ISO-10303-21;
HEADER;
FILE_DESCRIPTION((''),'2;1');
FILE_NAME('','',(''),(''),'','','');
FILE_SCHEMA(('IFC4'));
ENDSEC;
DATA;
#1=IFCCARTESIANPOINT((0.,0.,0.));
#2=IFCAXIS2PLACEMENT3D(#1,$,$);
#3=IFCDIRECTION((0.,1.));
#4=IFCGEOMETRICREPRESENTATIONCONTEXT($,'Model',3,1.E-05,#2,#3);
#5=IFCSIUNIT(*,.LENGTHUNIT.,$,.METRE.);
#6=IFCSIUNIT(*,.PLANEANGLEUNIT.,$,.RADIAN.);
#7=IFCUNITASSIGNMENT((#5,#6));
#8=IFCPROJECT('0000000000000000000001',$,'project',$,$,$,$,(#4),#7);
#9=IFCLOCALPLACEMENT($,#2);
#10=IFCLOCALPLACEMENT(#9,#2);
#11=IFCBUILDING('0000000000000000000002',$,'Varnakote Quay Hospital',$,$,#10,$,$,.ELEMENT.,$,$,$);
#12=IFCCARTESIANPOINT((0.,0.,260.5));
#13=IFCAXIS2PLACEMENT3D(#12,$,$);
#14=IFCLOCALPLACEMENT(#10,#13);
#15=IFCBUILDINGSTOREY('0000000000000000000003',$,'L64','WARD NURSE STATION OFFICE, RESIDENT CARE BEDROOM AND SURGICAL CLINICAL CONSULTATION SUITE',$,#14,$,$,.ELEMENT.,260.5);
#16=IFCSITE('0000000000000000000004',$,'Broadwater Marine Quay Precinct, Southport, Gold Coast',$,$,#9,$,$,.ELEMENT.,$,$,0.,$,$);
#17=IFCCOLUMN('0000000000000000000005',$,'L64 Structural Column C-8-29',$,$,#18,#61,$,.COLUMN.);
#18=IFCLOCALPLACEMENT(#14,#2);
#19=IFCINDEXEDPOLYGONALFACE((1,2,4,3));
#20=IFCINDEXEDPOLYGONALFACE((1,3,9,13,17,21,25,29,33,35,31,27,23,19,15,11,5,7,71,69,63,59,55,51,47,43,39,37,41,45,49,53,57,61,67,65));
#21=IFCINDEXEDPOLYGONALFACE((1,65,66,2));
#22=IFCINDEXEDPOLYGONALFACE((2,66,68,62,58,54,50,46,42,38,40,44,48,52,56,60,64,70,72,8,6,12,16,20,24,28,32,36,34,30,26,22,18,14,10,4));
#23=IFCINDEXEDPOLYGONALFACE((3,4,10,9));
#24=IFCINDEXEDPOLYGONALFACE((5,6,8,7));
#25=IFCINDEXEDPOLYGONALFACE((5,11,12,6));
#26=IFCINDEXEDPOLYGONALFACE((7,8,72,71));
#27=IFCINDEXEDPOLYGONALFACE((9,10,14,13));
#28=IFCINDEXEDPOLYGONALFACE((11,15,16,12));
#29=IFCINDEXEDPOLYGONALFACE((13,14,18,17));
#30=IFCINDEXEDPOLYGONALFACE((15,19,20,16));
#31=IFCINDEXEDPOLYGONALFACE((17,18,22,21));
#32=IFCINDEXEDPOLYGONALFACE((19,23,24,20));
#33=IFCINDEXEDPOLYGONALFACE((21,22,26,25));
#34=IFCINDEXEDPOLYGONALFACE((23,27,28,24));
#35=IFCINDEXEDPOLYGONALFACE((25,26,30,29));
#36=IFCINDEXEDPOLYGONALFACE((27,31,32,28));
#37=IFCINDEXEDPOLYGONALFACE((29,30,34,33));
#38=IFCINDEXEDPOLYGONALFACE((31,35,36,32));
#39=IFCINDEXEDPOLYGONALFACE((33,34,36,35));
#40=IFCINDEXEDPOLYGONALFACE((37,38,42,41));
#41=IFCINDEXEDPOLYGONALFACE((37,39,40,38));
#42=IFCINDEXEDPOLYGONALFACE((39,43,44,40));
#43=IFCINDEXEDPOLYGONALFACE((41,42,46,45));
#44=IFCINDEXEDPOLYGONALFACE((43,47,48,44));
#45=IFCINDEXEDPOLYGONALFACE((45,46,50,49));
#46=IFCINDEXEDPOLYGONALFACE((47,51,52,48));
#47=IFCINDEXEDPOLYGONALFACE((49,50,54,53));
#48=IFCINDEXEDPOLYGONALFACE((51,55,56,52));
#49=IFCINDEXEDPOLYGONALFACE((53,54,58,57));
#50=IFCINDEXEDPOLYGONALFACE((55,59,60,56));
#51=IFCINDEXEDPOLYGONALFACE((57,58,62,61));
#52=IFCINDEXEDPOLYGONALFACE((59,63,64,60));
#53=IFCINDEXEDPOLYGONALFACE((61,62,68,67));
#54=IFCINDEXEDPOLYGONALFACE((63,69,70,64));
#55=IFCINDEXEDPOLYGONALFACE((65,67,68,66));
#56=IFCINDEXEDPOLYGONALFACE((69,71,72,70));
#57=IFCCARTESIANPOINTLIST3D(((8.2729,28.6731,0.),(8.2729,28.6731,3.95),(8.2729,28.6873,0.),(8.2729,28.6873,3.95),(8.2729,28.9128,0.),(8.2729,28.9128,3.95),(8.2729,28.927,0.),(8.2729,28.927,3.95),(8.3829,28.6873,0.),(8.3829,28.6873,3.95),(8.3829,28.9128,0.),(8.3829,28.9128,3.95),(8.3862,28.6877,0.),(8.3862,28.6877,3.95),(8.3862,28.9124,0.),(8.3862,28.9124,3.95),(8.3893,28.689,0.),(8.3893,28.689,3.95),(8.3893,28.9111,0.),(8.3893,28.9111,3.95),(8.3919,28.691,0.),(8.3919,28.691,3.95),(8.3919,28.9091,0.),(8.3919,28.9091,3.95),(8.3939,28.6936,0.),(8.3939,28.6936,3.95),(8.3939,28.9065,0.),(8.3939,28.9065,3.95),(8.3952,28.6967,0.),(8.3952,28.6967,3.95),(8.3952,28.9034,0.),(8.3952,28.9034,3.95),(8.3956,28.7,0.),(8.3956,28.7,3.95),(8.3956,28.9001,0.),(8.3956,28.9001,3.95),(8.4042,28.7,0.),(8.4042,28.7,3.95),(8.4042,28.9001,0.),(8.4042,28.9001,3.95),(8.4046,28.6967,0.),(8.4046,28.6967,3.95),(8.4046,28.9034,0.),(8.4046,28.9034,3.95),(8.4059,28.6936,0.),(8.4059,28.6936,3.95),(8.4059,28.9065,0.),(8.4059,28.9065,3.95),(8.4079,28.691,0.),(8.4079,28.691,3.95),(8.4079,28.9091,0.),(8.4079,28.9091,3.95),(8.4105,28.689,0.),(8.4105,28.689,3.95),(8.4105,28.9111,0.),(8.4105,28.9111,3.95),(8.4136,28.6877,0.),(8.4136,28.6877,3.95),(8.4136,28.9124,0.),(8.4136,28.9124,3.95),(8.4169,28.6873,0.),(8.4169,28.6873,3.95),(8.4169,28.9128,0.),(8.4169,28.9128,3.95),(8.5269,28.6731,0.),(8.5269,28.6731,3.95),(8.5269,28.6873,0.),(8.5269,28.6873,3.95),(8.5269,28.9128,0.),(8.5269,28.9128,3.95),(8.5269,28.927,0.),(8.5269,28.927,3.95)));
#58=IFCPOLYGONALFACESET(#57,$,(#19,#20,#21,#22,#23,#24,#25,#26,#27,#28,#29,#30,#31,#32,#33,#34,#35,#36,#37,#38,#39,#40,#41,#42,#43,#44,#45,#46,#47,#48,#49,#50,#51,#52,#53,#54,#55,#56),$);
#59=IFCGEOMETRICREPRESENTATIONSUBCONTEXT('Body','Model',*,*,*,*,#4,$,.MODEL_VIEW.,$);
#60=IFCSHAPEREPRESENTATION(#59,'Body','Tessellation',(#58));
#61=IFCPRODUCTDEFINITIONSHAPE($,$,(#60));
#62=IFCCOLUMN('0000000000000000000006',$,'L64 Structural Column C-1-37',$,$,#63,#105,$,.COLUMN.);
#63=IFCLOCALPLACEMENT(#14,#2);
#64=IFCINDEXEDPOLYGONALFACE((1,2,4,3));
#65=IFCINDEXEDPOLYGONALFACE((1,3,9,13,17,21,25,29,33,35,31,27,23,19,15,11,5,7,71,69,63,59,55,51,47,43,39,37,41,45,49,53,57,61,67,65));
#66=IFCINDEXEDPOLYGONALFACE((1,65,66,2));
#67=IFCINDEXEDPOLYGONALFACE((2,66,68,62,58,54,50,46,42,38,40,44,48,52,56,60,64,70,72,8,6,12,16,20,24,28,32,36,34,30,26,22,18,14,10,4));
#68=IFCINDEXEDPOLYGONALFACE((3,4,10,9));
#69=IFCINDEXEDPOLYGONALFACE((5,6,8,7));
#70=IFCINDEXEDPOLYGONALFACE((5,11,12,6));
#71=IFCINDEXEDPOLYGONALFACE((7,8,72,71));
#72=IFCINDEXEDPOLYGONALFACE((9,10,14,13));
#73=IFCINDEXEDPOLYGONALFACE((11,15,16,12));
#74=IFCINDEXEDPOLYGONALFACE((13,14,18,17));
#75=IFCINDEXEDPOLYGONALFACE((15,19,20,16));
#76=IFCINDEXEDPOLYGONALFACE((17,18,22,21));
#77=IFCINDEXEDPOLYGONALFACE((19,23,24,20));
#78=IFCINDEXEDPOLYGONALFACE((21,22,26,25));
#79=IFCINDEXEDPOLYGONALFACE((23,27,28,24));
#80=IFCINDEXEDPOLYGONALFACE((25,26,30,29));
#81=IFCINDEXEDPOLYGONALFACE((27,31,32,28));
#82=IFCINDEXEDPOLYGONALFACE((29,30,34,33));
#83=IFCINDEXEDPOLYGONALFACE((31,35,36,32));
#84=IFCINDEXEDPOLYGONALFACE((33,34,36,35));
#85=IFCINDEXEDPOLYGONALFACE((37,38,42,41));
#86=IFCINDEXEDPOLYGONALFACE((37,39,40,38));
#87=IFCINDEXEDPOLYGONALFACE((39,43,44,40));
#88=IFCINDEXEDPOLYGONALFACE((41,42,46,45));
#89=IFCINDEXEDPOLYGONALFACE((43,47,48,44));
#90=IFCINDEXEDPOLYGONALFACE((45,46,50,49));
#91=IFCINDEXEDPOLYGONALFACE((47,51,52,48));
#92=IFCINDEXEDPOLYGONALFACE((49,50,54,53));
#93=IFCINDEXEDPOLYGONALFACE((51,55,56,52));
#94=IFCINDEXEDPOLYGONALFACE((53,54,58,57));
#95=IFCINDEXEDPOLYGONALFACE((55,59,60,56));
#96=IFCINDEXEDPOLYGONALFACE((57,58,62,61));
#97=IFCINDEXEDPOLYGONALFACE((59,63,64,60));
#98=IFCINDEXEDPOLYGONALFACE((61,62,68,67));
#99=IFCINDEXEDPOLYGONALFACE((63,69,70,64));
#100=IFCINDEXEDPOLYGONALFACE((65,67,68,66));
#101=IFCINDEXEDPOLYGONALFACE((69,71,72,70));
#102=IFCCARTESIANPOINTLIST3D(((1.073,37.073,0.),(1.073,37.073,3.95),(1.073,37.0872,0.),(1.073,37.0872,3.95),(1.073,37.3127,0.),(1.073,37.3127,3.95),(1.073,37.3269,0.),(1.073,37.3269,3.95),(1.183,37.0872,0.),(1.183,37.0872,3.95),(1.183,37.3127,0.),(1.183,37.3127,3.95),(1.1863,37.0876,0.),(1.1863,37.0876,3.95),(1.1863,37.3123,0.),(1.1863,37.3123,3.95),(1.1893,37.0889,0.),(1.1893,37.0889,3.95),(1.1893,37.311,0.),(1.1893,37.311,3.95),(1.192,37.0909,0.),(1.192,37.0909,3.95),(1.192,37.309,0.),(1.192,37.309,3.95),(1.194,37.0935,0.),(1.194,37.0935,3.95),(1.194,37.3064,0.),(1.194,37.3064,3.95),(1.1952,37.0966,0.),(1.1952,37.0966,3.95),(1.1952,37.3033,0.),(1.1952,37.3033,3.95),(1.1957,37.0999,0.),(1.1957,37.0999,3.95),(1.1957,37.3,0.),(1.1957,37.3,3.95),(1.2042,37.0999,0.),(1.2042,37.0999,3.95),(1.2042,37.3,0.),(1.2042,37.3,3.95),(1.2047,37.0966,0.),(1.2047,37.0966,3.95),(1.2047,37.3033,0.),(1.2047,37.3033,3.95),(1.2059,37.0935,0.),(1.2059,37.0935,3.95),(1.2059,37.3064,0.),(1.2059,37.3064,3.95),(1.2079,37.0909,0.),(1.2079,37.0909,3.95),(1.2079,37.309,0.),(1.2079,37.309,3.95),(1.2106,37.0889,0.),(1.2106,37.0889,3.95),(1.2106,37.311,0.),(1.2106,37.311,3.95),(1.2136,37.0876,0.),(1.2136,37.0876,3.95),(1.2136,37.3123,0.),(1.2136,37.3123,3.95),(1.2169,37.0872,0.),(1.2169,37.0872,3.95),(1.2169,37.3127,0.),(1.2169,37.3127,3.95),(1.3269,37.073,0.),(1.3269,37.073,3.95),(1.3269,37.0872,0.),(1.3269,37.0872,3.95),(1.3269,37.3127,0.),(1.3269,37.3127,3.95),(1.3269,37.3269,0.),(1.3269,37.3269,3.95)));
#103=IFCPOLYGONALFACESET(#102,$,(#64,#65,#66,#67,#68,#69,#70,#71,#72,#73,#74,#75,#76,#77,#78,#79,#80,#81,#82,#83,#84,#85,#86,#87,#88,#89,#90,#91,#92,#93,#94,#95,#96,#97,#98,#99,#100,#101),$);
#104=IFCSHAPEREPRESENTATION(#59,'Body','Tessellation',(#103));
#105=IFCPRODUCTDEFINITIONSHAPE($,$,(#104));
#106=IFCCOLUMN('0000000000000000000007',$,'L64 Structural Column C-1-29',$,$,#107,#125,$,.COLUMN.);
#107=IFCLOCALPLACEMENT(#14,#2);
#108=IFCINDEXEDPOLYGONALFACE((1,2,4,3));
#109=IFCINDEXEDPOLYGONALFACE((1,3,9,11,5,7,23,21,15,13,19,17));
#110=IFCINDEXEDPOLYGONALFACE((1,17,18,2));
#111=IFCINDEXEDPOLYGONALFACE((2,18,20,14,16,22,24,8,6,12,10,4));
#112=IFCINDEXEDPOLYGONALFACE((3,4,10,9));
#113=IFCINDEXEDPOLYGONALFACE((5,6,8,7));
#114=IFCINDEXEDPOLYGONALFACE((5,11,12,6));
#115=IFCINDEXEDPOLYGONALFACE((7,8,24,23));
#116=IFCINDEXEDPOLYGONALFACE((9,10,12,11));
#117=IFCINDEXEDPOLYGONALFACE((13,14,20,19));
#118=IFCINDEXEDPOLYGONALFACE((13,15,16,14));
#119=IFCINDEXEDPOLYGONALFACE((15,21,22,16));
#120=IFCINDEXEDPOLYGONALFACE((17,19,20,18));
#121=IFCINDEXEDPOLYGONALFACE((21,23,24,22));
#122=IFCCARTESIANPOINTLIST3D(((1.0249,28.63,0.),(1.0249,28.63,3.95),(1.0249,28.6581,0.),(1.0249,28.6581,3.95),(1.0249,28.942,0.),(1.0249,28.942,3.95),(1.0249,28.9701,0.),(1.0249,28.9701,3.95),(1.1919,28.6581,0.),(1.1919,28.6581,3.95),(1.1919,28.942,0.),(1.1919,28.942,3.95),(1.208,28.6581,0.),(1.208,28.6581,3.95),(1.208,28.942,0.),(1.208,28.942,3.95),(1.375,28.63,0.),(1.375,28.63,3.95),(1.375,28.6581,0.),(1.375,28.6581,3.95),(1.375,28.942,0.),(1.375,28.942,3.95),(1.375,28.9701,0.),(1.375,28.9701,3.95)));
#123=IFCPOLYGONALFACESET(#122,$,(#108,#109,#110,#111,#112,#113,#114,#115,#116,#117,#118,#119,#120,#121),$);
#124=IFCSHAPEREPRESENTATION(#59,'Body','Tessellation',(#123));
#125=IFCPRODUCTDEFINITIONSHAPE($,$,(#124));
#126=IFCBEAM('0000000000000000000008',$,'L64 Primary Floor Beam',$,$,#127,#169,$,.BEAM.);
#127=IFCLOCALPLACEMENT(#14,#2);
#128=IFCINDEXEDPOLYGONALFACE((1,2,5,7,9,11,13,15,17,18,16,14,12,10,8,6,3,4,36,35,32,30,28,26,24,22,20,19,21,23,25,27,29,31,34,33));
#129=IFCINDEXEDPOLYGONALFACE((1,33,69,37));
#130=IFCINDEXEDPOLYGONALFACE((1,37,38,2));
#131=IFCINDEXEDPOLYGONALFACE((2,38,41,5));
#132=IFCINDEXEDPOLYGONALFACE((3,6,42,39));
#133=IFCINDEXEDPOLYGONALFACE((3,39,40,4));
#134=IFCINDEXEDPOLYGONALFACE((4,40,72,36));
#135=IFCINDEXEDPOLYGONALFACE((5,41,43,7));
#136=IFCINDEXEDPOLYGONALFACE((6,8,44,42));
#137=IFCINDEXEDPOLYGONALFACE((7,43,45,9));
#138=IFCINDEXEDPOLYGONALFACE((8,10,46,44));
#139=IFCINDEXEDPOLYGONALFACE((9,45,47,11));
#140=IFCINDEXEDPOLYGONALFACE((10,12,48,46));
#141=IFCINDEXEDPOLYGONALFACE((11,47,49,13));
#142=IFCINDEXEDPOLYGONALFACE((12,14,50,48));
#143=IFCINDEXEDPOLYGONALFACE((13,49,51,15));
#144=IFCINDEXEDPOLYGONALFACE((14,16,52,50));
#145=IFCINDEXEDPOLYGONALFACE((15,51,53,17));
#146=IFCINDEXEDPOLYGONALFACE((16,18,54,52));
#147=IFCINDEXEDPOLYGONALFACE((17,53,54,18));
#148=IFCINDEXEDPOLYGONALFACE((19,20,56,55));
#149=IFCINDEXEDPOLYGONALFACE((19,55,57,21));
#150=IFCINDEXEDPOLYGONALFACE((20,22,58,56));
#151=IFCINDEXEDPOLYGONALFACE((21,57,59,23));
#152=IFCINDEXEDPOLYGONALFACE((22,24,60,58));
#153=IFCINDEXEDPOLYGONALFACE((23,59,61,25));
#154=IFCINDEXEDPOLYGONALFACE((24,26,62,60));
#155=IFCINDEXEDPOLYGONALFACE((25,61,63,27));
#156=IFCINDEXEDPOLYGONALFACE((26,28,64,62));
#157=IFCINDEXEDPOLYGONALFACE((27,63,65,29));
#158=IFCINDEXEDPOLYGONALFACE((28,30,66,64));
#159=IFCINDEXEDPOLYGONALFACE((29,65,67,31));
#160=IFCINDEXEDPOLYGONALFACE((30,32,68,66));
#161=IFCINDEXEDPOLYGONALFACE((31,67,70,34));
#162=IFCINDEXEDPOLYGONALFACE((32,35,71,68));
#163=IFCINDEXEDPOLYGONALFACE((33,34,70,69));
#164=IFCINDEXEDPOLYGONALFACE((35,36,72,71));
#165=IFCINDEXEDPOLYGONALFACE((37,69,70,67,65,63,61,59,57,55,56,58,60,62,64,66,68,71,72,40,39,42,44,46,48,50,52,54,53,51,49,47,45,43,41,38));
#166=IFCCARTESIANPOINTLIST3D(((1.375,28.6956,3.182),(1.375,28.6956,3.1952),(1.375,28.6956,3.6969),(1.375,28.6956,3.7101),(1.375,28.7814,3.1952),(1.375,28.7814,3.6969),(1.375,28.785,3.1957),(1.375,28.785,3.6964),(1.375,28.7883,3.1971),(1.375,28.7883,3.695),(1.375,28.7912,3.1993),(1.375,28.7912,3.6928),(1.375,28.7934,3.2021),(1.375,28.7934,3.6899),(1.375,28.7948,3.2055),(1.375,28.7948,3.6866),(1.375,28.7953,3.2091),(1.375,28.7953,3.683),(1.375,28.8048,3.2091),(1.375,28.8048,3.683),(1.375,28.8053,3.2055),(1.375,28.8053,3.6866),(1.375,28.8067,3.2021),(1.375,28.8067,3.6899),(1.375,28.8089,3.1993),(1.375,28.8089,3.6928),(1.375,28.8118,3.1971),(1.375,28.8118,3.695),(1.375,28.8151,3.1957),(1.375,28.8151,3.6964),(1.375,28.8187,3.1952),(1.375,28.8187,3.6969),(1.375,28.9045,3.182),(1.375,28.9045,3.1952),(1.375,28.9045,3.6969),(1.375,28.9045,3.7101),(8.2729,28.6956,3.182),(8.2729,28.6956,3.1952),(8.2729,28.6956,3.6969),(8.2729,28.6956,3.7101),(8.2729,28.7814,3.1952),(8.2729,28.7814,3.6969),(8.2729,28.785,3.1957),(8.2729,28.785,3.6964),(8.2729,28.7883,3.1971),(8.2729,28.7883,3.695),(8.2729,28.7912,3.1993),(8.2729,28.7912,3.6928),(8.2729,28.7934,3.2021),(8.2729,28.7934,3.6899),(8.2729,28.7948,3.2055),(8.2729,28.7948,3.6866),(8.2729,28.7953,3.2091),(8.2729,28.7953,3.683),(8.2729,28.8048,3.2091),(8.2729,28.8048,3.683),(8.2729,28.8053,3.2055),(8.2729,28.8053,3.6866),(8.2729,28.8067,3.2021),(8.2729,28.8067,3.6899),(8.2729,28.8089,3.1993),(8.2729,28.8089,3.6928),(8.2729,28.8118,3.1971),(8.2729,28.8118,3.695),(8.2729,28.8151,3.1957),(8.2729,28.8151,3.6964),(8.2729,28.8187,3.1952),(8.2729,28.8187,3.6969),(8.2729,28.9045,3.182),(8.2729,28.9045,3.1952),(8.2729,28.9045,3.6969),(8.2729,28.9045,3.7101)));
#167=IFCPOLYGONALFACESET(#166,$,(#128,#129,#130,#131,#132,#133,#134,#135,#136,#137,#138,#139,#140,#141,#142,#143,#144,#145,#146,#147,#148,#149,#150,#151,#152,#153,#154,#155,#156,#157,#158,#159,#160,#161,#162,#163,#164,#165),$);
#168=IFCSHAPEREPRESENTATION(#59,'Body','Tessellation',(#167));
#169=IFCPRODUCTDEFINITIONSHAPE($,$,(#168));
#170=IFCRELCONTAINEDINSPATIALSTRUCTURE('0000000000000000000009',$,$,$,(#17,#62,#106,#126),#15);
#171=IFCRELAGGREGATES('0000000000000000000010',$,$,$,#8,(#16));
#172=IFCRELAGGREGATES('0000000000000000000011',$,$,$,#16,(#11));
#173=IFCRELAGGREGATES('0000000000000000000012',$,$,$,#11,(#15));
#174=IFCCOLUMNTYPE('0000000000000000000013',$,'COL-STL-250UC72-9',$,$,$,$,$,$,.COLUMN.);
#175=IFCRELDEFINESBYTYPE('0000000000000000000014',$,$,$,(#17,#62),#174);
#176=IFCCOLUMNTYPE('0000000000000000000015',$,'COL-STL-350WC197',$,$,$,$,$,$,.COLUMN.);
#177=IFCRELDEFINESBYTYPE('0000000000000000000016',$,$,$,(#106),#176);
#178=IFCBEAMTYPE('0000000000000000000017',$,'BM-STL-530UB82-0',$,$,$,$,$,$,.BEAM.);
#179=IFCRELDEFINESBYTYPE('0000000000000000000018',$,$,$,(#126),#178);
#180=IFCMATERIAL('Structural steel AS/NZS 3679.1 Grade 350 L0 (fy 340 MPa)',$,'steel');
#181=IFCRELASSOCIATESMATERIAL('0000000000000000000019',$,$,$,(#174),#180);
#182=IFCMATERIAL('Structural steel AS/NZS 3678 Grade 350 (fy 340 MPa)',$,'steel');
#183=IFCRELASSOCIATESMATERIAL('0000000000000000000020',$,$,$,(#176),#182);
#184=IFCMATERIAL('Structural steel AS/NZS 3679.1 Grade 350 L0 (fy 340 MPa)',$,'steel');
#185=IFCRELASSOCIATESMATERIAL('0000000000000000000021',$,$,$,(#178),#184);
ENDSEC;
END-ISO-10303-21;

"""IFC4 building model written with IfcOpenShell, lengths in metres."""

from ifc_helpers import new_model, si_unit, direction, frame, origin, origin_2d, place, context, subcontext, project, spatial, i_section, extrude, material, material_profile, profile_set, type_object, element, save


model = new_model("IFC4")

# Units and contexts
model_context = context("Model", 3, precision=1e-05, world=origin(), true_north=direction((0.0, 1.0)))
body_context = subcontext(model_context, "Body", "Model", "MODEL_VIEW")
ifc_project = project(units=[si_unit("LENGTHUNIT", "METRE"), si_unit("PLANEANGLEUNIT", "RADIAN")], contexts=[model_context])

# Site, building, storey
site_placement = place(None, origin())
site = spatial("IfcSite", under=ifc_project, at=site_placement, Name="Broadwater Marine Quay Precinct, Southport, Gold Coast", CompositionType="ELEMENT", RefElevation=0.0)
building_placement = place(site_placement, origin())
building = spatial("IfcBuilding", under=site, at=building_placement, Name="Varnakote Quay Hospital", CompositionType="ELEMENT")
storey_placement = place(building_placement, frame((0.0, 0.0, 260.5)))
storey = spatial("IfcBuildingStorey", under=building, at=storey_placement, Name="L64", Description="WARD NURSE STATION OFFICE, RESIDENT CARE BEDROOM AND SURGICAL CLINICAL CONSULTATION SUITE", CompositionType="ELEMENT", Elevation=260.5)

# Columns
ifc_material_1 = material(Name="Structural steel AS/NZS 3679.1 Grade 350 L0 (fy 340 MPa)", Category="steel")
ifc_material_profile_1 = material_profile(ifc_material_1, i_section(OverallWidth=0.2539, OverallDepth=0.2539, WebThickness=0.0085, FlangeThickness=0.0142, FilletRadius=0.0127, at=origin_2d()), Name="250UC72.9")
ifc_profile_set_1 = profile_set([ifc_material_profile_1], Name="Structural steel AS/NZS 3679.1 Grade 350 L0 (fy 340 MPa)")
column_type_1 = type_object("IfcColumnType", Name="COL-STL-250UC72-9", PredefinedType="COLUMN", material=ifc_profile_set_1)
for number, where, z_axis, x_axis, name in (
    (1, (8.3999, 28.8, 0.0), (0.0, 0.0, 1.0), (1.0, 0.0, 0.0), "L64 Structural Column C-8-29"),
    (2, (1.2, 37.2, 0.0), (0.0, 0.0, 1.0), (1.0, 0.0, 0.0), "L64 Structural Column C-1-37"),
):
    element("IfcColumn", number, at=place(storey_placement, frame(where, z_axis=z_axis, x_axis=x_axis)), inside=storey, type_object=column_type_1, Name=name, PredefinedType="COLUMN", context=body_context, shape_type="SweptSolid", body=[
        extrude(i_section(OverallWidth=0.2539, OverallDepth=0.2539, WebThickness=0.0085, FlangeThickness=0.0142, FilletRadius=0.0127, at=origin_2d()), origin(), (0.0, 0.0, 1.0), 3.95),
    ])
ifc_material_2 = material(Name="Structural steel AS/NZS 3678 Grade 350 (fy 340 MPa)", Category="steel")
ifc_material_profile_2 = material_profile(ifc_material_2, i_section(OverallWidth=0.3501, OverallDepth=0.3401, WebThickness=0.0161, FlangeThickness=0.0281, at=origin_2d()), Name="350WC197")
ifc_profile_set_2 = profile_set([ifc_material_profile_2], Name="Structural steel AS/NZS 3678 Grade 350 (fy 340 MPa)")
column_type_2 = type_object("IfcColumnType", Name="COL-STL-350WC197", PredefinedType="COLUMN", material=ifc_profile_set_2)
column_placement = place(storey_placement, frame((1.2, 28.8, 0.0), z_axis=(0.0, 0.0, 1.0), x_axis=(1.0, 0.0, 0.0)))
element("IfcColumn", 3, at=column_placement, inside=storey, type_object=column_type_2, Name="L64 Structural Column C-1-29", PredefinedType="COLUMN", context=body_context, shape_type="SweptSolid", body=[
    extrude(i_section(OverallWidth=0.3501, OverallDepth=0.3401, WebThickness=0.0161, FlangeThickness=0.0281, at=origin_2d()), origin(), (0.0, 0.0, 1.0), 3.95),
])

# Beam
ifc_material_3 = material(Name="Structural steel AS/NZS 3679.1 Grade 350 L0 (fy 340 MPa)", Category="steel")
ifc_material_profile_3 = material_profile(ifc_material_3, i_section(OverallWidth=0.209, OverallDepth=0.5281, WebThickness=0.0095, FlangeThickness=0.0132, FilletRadius=0.0139, at=origin_2d()), Name="530UB82.0")
ifc_profile_set_3 = profile_set([ifc_material_profile_3], Name="Structural steel AS/NZS 3679.1 Grade 350 L0 (fy 340 MPa)")
beam_type_1 = type_object("IfcBeamType", Name="BM-STL-530UB82-0", PredefinedType="BEAM", material=ifc_profile_set_3)
beam_1_placement = place(storey_placement, frame((1.375, 28.8, 3.446), z_axis=(1.0, 0.0, 0.0), x_axis=(0.0, 1.0, 0.0)))
element("IfcBeam", 4, at=beam_1_placement, inside=storey, type_object=beam_type_1, Name="L64 Primary Floor Beam", PredefinedType="BEAM", context=body_context, shape_type="SweptSolid", body=[
    extrude(i_section(OverallWidth=0.209, OverallDepth=0.5281, WebThickness=0.0095, FlangeThickness=0.0132, FilletRadius=0.0139, at=origin_2d()), origin(), (0.0, 0.0, 1.0), 6.8979),
])

save(model, "model.ifc")
